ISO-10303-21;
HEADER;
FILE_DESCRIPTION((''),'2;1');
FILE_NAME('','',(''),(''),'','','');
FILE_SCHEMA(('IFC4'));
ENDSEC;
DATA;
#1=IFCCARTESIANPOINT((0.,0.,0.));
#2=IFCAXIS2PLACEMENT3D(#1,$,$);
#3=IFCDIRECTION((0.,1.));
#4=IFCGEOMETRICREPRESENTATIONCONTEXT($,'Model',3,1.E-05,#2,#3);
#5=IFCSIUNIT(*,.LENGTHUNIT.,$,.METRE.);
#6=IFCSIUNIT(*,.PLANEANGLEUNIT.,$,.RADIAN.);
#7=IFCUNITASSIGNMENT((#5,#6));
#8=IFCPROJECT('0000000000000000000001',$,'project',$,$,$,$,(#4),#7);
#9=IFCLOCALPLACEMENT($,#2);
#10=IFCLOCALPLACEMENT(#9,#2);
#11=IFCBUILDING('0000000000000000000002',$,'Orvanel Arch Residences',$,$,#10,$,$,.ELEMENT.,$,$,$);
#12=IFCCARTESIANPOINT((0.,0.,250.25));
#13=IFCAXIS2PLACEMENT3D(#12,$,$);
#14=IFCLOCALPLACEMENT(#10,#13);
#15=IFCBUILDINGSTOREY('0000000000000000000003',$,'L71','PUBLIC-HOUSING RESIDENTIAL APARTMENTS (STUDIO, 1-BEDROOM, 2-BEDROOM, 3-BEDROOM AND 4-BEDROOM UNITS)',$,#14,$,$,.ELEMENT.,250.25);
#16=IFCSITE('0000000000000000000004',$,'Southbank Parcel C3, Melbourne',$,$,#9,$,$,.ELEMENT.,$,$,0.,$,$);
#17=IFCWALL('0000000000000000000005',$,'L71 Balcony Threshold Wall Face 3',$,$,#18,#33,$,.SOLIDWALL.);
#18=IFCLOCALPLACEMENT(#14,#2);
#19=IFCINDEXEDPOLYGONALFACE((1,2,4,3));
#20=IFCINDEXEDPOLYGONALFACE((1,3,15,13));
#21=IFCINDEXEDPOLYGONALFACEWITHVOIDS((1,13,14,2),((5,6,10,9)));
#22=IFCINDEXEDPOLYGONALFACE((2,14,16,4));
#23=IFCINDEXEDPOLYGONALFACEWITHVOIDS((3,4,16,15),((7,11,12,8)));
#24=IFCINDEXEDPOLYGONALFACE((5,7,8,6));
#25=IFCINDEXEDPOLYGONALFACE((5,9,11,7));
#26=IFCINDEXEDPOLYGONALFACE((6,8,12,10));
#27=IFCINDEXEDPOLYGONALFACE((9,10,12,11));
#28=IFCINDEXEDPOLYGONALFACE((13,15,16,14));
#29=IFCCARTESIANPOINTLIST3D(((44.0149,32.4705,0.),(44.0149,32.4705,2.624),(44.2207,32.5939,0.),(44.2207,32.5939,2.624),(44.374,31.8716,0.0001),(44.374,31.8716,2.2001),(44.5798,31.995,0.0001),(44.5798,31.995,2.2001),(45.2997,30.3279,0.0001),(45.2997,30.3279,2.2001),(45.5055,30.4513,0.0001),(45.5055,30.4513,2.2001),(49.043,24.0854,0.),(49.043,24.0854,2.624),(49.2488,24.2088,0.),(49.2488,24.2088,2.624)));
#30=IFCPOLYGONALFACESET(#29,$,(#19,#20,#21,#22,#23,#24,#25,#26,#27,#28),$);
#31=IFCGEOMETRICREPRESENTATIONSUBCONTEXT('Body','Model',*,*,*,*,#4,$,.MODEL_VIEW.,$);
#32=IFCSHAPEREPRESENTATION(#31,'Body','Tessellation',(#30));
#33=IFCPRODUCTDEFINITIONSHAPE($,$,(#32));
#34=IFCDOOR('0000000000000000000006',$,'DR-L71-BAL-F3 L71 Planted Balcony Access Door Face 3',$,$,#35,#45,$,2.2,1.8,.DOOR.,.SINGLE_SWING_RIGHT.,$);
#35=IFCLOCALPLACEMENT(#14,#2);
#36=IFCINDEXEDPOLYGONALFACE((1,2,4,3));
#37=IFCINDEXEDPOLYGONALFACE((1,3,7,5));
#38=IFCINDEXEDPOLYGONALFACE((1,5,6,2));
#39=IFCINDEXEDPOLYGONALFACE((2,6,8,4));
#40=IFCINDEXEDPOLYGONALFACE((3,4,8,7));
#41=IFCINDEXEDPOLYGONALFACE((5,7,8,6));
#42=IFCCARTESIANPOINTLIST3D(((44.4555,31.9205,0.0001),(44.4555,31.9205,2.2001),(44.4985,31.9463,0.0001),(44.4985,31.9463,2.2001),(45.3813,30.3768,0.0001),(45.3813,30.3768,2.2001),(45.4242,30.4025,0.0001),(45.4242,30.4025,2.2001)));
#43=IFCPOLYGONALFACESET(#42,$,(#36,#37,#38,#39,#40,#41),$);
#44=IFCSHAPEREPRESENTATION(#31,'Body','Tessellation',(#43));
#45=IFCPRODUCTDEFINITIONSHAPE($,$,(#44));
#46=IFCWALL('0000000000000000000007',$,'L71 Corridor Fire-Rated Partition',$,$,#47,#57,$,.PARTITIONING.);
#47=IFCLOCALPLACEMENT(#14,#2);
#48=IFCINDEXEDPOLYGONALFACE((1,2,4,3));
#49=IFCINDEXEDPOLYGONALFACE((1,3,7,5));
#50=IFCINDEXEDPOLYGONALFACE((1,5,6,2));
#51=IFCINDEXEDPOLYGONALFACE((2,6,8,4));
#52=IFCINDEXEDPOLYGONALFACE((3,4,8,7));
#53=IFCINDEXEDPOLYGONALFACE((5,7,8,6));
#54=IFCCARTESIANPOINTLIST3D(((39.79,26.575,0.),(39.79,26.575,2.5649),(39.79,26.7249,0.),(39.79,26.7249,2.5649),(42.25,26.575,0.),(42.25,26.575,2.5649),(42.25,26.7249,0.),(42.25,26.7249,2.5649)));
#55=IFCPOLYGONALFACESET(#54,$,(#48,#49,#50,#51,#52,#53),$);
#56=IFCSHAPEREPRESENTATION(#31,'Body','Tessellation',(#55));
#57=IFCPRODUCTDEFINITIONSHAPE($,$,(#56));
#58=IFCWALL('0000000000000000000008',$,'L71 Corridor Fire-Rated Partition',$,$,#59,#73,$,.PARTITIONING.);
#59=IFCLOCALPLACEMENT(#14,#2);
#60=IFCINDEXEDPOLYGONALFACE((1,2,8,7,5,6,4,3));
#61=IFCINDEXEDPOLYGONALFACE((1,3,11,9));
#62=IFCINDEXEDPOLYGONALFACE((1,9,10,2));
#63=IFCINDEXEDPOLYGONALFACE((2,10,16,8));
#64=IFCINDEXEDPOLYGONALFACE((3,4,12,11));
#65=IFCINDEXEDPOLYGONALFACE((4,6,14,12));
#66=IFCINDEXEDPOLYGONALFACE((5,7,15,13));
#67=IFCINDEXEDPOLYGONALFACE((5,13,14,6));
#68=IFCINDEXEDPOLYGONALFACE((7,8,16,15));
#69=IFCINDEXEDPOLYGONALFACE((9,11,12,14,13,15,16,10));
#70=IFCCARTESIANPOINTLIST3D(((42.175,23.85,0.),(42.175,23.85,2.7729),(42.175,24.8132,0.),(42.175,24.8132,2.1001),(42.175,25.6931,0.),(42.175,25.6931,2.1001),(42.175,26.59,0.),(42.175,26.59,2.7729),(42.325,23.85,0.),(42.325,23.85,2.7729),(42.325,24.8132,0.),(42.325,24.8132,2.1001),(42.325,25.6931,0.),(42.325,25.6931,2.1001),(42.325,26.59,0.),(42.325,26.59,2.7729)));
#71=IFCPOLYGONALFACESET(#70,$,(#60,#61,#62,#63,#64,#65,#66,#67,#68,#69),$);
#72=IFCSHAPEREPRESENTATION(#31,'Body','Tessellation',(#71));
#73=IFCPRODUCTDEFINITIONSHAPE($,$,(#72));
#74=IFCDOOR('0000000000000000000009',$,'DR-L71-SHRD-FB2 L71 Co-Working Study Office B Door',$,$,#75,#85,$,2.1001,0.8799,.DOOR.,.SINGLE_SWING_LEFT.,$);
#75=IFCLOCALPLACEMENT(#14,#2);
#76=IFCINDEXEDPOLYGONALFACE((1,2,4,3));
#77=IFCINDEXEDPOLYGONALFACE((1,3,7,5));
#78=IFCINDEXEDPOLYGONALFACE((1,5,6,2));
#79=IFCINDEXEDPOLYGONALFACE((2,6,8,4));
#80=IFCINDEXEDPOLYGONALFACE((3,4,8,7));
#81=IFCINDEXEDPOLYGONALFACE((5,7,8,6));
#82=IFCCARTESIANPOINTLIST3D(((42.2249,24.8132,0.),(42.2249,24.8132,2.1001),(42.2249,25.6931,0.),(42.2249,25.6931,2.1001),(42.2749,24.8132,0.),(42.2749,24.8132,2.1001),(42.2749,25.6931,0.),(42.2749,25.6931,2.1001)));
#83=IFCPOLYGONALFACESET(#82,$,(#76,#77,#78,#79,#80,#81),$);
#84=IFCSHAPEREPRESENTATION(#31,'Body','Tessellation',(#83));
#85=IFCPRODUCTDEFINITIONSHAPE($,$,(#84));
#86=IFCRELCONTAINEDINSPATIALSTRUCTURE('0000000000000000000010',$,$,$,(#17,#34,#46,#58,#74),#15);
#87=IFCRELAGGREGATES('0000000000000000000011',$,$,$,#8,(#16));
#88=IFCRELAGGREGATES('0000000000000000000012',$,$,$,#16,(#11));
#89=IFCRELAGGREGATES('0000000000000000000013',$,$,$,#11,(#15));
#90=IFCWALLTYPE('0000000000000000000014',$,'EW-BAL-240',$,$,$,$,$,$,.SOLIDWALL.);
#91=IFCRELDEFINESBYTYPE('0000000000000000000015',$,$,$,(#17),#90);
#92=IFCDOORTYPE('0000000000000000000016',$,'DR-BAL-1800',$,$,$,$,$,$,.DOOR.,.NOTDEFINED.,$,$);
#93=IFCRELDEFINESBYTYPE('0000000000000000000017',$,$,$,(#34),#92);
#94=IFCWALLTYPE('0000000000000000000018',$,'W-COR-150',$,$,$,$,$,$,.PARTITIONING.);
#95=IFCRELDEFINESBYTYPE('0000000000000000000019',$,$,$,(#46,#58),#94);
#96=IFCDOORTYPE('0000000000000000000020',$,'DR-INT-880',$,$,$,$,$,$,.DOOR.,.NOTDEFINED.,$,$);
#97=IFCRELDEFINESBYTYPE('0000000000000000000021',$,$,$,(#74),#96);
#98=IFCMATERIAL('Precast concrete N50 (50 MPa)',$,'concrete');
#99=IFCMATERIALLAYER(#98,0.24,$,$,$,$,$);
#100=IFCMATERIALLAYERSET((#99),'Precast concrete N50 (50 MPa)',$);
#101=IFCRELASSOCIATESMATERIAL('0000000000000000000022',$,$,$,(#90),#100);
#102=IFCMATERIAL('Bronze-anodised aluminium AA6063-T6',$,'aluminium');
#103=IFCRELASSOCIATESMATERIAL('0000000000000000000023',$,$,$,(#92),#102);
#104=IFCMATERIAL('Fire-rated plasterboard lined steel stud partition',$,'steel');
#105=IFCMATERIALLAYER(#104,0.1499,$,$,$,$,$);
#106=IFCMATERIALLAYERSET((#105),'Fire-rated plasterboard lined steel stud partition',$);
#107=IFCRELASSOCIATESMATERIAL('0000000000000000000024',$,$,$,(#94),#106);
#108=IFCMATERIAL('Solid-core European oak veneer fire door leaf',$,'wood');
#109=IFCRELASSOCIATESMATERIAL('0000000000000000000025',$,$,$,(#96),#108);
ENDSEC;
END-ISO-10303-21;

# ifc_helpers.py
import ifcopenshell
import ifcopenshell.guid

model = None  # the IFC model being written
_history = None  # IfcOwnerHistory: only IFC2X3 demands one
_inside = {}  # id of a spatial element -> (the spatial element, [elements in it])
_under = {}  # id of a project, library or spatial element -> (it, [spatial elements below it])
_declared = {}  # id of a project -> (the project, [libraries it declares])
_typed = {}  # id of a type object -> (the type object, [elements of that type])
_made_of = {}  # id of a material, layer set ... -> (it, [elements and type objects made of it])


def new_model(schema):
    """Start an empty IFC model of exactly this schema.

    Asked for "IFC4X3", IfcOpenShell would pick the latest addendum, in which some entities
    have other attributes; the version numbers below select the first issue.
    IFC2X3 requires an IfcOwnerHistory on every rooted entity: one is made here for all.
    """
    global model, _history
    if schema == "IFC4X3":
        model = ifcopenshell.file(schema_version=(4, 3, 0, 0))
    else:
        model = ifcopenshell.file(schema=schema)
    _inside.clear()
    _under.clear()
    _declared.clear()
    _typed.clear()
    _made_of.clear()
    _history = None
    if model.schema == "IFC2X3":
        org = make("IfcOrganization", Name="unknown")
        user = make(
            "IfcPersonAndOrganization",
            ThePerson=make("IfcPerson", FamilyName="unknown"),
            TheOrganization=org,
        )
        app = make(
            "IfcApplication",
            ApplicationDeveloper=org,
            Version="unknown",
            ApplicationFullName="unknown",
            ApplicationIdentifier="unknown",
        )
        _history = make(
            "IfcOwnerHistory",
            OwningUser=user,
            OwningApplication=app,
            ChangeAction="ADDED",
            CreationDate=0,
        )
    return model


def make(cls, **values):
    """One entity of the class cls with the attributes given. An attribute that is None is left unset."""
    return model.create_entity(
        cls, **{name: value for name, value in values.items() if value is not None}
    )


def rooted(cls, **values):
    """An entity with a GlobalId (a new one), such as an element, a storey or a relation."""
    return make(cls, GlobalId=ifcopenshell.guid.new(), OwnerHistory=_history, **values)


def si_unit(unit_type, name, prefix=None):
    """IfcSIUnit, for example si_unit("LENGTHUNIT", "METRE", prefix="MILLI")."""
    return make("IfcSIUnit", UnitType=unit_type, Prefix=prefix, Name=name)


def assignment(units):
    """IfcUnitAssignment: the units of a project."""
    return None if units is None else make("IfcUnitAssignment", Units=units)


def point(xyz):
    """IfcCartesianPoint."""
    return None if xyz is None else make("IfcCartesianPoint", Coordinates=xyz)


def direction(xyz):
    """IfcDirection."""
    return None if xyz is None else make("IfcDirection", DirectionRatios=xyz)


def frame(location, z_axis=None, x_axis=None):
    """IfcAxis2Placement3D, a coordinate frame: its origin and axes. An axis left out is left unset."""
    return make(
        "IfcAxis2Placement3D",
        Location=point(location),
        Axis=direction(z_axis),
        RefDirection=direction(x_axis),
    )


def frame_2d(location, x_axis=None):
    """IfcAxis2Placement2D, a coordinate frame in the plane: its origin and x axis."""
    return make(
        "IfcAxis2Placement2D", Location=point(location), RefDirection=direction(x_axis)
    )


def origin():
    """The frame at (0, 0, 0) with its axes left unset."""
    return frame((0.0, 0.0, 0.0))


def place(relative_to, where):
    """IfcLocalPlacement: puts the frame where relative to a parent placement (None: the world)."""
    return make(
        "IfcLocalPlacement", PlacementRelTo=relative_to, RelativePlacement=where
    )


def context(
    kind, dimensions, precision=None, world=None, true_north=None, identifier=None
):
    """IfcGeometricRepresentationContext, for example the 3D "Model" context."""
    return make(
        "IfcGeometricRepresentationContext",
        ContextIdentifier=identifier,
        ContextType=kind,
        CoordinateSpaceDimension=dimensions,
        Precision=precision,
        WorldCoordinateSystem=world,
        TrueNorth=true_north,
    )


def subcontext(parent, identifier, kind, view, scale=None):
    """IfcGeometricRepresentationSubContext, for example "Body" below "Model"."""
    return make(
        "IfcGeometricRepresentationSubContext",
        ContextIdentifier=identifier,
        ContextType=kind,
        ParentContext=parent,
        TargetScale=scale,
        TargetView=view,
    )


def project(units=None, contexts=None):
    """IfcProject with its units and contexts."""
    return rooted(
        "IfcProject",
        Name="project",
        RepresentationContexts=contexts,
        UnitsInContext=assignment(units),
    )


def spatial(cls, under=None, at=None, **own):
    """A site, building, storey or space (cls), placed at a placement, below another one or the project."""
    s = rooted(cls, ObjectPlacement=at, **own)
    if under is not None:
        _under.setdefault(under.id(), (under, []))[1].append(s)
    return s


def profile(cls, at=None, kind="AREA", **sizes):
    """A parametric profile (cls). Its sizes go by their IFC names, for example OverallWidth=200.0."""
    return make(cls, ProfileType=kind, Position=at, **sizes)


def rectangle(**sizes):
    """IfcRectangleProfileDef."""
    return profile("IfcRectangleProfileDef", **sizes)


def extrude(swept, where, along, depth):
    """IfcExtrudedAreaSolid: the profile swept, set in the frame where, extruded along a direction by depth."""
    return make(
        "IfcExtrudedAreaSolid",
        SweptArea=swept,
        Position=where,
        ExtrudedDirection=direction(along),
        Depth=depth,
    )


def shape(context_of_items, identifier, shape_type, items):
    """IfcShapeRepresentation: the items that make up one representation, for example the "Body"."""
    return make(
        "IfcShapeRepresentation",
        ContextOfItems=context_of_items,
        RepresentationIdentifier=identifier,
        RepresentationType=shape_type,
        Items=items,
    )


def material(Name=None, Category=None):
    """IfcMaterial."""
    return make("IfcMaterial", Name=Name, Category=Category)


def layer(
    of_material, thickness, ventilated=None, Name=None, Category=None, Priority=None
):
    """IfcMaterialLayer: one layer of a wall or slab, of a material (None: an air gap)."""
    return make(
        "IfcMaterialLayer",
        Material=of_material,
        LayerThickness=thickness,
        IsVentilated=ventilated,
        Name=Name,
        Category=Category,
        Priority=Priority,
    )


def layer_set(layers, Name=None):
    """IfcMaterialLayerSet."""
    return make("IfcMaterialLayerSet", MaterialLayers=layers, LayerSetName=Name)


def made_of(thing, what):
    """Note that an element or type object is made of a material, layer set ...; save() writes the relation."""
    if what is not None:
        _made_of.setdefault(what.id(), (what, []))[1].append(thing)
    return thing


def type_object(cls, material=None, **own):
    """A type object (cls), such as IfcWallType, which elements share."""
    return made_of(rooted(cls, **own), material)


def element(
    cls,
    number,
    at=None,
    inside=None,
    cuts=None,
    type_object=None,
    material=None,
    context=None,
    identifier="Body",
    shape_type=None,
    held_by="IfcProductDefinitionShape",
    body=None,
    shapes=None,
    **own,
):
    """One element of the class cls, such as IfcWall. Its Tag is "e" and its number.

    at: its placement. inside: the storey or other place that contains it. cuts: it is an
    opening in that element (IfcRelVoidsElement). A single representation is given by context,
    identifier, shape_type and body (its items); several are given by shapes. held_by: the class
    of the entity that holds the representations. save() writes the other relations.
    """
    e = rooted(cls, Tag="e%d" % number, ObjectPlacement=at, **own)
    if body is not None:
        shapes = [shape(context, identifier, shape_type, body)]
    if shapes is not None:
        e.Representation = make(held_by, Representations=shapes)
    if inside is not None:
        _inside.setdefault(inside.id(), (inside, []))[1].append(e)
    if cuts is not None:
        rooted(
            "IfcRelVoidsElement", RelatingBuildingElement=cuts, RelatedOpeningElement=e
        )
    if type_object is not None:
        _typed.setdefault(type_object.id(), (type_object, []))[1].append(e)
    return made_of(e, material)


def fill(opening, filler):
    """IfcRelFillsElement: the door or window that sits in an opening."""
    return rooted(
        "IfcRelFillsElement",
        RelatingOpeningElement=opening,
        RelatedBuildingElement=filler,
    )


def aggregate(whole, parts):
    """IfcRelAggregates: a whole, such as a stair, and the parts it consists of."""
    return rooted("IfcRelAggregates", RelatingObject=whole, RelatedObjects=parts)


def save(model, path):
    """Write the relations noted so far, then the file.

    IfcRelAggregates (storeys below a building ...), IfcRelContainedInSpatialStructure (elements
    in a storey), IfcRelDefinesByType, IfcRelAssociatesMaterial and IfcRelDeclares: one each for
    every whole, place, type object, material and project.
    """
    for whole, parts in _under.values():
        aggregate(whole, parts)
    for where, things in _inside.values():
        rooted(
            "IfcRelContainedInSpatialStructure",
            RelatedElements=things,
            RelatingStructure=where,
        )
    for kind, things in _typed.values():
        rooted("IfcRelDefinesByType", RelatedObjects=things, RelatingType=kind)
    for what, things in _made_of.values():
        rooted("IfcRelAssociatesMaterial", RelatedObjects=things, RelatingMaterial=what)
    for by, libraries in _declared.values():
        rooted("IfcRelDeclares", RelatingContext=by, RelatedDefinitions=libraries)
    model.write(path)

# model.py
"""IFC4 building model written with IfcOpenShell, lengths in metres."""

from ifc_helpers import new_model, si_unit, direction, frame, frame_2d, origin, place, context, subcontext, project, spatial, rectangle, extrude, material, layer, layer_set, type_object, element, fill, save


model = new_model("IFC4")

# Units and contexts
model_context = context("Model", 3, precision=1e-05, world=origin(), true_north=direction((0.0, 1.0)))
body_context = subcontext(model_context, "Body", "Model", "MODEL_VIEW")
ifc_project = project(units=[si_unit("LENGTHUNIT", "METRE"), si_unit("PLANEANGLEUNIT", "RADIAN")], contexts=[model_context])

# Site, building, storey
site_placement = place(None, origin())
site = spatial("IfcSite", under=ifc_project, at=site_placement, Name="Southbank Parcel C3, Melbourne", CompositionType="ELEMENT", RefElevation=0.0)
building_placement = place(site_placement, origin())
building = spatial("IfcBuilding", under=site, at=building_placement, Name="Orvanel Arch Residences", CompositionType="ELEMENT")
storey_placement = place(building_placement, frame((0.0, 0.0, 250.25)))
storey = spatial("IfcBuildingStorey", under=building, at=storey_placement, Name="L71", Description="PUBLIC-HOUSING RESIDENTIAL APARTMENTS (STUDIO, 1-BEDROOM, 2-BEDROOM, 3-BEDROOM AND 4-BEDROOM UNITS)", CompositionType="ELEMENT", Elevation=250.25)

# Shared definitions
ifc_material_1 = material(Name="Bronze-anodised aluminium AA6063-T6", Category="aluminium")

# Wall, opening, door
ifc_material_2 = material(Name="Precast concrete N50 (50 MPa)", Category="concrete")
ifc_layer_1 = layer(ifc_material_2, 0.24)
ifc_layer_set_1 = layer_set([ifc_layer_1], Name="Precast concrete N50 (50 MPa)")
wall_type_1 = type_object("IfcWallType", Name="EW-BAL-240", PredefinedType="SOLIDWALL", material=ifc_layer_set_1)
wall_1_placement = place(storey_placement, frame((49.146, 24.147, 0.0), z_axis=(0.0, 0.0, 1.0), x_axis=(-0.514275, 0.857625, 0.0)))
wall_1 = element("IfcWall", 1, at=wall_1_placement, inside=storey, type_object=wall_type_1, Name="L71 Balcony Threshold Wall Face 3", PredefinedType="SOLIDWALL", context=body_context, shape_type="SweptSolid", body=[
    extrude(rectangle(XDim=9.7771, YDim=0.24, at=frame_2d((4.8887, 0.0))), origin(), (0.0, 0.0, 1.0), 2.624),
])
opening_1_placement = place(wall_1_placement, frame((7.2791, 0.0, 0.0)))
opening_1 = element("IfcOpeningElement", 2, at=opening_1_placement, cuts=wall_1, PredefinedType="OPENING", context=body_context, shape_type="SweptSolid", body=[
    extrude(rectangle(XDim=1.8, YDim=2.2, at=frame_2d((0.8999, 1.1001))), frame((0.0, 0.1299, 0.0), z_axis=(0.0, -1.0, 0.0), x_axis=(1.0, 0.0, 0.0)), (0.0, 0.0, 1.0), 0.26),
])
door_type_1 = type_object("IfcDoorType", Name="DR-BAL-1800", OperationType="NOTDEFINED", PredefinedType="DOOR", material=ifc_material_1)
door_1_placement = place(opening_1_placement, origin())
door_1 = element("IfcDoor", 3, at=door_1_placement, inside=storey, type_object=door_type_1, Name="DR-L71-BAL-F3 L71 Planted Balcony Access Door Face 3", OperationType="SINGLE_SWING_RIGHT", OverallHeight=2.2, OverallWidth=1.8, PredefinedType="DOOR", context=body_context, shape_type="SweptSolid", body=[
    extrude(rectangle(XDim=1.8, YDim=2.2, at=frame_2d((0.8999, 1.1001))), frame((0.0, 0.0249, 0.0), z_axis=(0.0, -1.0, 0.0), x_axis=(1.0, 0.0, 0.0)), (0.0, 0.0, 1.0), 0.05),
])
fill(opening_1, door_1)

# Wall
ifc_material_3 = material(Name="Fire-rated plasterboard lined steel stud partition", Category="steel")
ifc_layer_2 = layer(ifc_material_3, 0.1499)
ifc_layer_set_2 = layer_set([ifc_layer_2], Name="Fire-rated plasterboard lined steel stud partition")
wall_type_2 = type_object("IfcWallType", Name="W-COR-150", PredefinedType="PARTITIONING", material=ifc_layer_set_2)
wall_2_placement = place(storey_placement, frame((39.79, 26.6499, 0.0), z_axis=(0.0, 0.0, 1.0), x_axis=(1.0, 0.0, 0.0)))
element("IfcWall", 4, at=wall_2_placement, inside=storey, type_object=wall_type_2, Name="L71 Corridor Fire-Rated Partition", PredefinedType="PARTITIONING", context=body_context, shape_type="SweptSolid", body=[
    extrude(rectangle(XDim=2.46, YDim=0.1499, at=frame_2d((1.23, 0.0))), origin(), (0.0, 0.0, 1.0), 2.5649),
])

# Wall, opening, door
wall_3_placement = place(storey_placement, frame((42.25, 26.5901, 0.0), z_axis=(0.0, 0.0, 1.0), x_axis=(0.0, -1.0, 0.0)))
wall_3 = element("IfcWall", 5, at=wall_3_placement, inside=storey, type_object=wall_type_2, Name="L71 Corridor Fire-Rated Partition", PredefinedType="PARTITIONING", context=body_context, shape_type="SweptSolid", body=[
    extrude(rectangle(XDim=2.74, YDim=0.1499, at=frame_2d((1.3701, 0.0))), origin(), (0.0, 0.0, 1.0), 2.7729),
])
opening_2_placement = place(wall_3_placement, frame((0.897, 0.0, 0.0)))
opening_2 = element("IfcOpeningElement", 6, at=opening_2_placement, cuts=wall_3, PredefinedType="OPENING", context=body_context, shape_type="SweptSolid", body=[
    extrude(rectangle(XDim=0.8799, YDim=2.1001, at=frame_2d((0.4399, 1.05))), frame((0.0, 0.085, 0.0), z_axis=(0.0, -1.0, 0.0), x_axis=(1.0, 0.0, 0.0)), (0.0, 0.0, 1.0), 0.1699),
])
ifc_material_4 = material(Name="Solid-core European oak veneer fire door leaf", Category="wood")
door_type_2 = type_object("IfcDoorType", Name="DR-INT-880", OperationType="NOTDEFINED", PredefinedType="DOOR", material=ifc_material_4)
door_2_placement = place(opening_2_placement, origin())
door_2 = element("IfcDoor", 7, at=door_2_placement, inside=storey, type_object=door_type_2, Name="DR-L71-SHRD-FB2 L71 Co-Working Study Office B Door", OperationType="SINGLE_SWING_LEFT", OverallHeight=2.1001, OverallWidth=0.8799, PredefinedType="DOOR", context=body_context, shape_type="SweptSolid", body=[
    extrude(rectangle(XDim=0.8799, YDim=2.1001, at=frame_2d((0.4399, 1.05))), frame((0.0, 0.0249, 0.0), z_axis=(0.0, -1.0, 0.0), x_axis=(1.0, 0.0, 0.0)), (0.0, 0.0, 1.0), 0.05),
])
fill(opening_2, door_2)

save(model, "model.ifc")
